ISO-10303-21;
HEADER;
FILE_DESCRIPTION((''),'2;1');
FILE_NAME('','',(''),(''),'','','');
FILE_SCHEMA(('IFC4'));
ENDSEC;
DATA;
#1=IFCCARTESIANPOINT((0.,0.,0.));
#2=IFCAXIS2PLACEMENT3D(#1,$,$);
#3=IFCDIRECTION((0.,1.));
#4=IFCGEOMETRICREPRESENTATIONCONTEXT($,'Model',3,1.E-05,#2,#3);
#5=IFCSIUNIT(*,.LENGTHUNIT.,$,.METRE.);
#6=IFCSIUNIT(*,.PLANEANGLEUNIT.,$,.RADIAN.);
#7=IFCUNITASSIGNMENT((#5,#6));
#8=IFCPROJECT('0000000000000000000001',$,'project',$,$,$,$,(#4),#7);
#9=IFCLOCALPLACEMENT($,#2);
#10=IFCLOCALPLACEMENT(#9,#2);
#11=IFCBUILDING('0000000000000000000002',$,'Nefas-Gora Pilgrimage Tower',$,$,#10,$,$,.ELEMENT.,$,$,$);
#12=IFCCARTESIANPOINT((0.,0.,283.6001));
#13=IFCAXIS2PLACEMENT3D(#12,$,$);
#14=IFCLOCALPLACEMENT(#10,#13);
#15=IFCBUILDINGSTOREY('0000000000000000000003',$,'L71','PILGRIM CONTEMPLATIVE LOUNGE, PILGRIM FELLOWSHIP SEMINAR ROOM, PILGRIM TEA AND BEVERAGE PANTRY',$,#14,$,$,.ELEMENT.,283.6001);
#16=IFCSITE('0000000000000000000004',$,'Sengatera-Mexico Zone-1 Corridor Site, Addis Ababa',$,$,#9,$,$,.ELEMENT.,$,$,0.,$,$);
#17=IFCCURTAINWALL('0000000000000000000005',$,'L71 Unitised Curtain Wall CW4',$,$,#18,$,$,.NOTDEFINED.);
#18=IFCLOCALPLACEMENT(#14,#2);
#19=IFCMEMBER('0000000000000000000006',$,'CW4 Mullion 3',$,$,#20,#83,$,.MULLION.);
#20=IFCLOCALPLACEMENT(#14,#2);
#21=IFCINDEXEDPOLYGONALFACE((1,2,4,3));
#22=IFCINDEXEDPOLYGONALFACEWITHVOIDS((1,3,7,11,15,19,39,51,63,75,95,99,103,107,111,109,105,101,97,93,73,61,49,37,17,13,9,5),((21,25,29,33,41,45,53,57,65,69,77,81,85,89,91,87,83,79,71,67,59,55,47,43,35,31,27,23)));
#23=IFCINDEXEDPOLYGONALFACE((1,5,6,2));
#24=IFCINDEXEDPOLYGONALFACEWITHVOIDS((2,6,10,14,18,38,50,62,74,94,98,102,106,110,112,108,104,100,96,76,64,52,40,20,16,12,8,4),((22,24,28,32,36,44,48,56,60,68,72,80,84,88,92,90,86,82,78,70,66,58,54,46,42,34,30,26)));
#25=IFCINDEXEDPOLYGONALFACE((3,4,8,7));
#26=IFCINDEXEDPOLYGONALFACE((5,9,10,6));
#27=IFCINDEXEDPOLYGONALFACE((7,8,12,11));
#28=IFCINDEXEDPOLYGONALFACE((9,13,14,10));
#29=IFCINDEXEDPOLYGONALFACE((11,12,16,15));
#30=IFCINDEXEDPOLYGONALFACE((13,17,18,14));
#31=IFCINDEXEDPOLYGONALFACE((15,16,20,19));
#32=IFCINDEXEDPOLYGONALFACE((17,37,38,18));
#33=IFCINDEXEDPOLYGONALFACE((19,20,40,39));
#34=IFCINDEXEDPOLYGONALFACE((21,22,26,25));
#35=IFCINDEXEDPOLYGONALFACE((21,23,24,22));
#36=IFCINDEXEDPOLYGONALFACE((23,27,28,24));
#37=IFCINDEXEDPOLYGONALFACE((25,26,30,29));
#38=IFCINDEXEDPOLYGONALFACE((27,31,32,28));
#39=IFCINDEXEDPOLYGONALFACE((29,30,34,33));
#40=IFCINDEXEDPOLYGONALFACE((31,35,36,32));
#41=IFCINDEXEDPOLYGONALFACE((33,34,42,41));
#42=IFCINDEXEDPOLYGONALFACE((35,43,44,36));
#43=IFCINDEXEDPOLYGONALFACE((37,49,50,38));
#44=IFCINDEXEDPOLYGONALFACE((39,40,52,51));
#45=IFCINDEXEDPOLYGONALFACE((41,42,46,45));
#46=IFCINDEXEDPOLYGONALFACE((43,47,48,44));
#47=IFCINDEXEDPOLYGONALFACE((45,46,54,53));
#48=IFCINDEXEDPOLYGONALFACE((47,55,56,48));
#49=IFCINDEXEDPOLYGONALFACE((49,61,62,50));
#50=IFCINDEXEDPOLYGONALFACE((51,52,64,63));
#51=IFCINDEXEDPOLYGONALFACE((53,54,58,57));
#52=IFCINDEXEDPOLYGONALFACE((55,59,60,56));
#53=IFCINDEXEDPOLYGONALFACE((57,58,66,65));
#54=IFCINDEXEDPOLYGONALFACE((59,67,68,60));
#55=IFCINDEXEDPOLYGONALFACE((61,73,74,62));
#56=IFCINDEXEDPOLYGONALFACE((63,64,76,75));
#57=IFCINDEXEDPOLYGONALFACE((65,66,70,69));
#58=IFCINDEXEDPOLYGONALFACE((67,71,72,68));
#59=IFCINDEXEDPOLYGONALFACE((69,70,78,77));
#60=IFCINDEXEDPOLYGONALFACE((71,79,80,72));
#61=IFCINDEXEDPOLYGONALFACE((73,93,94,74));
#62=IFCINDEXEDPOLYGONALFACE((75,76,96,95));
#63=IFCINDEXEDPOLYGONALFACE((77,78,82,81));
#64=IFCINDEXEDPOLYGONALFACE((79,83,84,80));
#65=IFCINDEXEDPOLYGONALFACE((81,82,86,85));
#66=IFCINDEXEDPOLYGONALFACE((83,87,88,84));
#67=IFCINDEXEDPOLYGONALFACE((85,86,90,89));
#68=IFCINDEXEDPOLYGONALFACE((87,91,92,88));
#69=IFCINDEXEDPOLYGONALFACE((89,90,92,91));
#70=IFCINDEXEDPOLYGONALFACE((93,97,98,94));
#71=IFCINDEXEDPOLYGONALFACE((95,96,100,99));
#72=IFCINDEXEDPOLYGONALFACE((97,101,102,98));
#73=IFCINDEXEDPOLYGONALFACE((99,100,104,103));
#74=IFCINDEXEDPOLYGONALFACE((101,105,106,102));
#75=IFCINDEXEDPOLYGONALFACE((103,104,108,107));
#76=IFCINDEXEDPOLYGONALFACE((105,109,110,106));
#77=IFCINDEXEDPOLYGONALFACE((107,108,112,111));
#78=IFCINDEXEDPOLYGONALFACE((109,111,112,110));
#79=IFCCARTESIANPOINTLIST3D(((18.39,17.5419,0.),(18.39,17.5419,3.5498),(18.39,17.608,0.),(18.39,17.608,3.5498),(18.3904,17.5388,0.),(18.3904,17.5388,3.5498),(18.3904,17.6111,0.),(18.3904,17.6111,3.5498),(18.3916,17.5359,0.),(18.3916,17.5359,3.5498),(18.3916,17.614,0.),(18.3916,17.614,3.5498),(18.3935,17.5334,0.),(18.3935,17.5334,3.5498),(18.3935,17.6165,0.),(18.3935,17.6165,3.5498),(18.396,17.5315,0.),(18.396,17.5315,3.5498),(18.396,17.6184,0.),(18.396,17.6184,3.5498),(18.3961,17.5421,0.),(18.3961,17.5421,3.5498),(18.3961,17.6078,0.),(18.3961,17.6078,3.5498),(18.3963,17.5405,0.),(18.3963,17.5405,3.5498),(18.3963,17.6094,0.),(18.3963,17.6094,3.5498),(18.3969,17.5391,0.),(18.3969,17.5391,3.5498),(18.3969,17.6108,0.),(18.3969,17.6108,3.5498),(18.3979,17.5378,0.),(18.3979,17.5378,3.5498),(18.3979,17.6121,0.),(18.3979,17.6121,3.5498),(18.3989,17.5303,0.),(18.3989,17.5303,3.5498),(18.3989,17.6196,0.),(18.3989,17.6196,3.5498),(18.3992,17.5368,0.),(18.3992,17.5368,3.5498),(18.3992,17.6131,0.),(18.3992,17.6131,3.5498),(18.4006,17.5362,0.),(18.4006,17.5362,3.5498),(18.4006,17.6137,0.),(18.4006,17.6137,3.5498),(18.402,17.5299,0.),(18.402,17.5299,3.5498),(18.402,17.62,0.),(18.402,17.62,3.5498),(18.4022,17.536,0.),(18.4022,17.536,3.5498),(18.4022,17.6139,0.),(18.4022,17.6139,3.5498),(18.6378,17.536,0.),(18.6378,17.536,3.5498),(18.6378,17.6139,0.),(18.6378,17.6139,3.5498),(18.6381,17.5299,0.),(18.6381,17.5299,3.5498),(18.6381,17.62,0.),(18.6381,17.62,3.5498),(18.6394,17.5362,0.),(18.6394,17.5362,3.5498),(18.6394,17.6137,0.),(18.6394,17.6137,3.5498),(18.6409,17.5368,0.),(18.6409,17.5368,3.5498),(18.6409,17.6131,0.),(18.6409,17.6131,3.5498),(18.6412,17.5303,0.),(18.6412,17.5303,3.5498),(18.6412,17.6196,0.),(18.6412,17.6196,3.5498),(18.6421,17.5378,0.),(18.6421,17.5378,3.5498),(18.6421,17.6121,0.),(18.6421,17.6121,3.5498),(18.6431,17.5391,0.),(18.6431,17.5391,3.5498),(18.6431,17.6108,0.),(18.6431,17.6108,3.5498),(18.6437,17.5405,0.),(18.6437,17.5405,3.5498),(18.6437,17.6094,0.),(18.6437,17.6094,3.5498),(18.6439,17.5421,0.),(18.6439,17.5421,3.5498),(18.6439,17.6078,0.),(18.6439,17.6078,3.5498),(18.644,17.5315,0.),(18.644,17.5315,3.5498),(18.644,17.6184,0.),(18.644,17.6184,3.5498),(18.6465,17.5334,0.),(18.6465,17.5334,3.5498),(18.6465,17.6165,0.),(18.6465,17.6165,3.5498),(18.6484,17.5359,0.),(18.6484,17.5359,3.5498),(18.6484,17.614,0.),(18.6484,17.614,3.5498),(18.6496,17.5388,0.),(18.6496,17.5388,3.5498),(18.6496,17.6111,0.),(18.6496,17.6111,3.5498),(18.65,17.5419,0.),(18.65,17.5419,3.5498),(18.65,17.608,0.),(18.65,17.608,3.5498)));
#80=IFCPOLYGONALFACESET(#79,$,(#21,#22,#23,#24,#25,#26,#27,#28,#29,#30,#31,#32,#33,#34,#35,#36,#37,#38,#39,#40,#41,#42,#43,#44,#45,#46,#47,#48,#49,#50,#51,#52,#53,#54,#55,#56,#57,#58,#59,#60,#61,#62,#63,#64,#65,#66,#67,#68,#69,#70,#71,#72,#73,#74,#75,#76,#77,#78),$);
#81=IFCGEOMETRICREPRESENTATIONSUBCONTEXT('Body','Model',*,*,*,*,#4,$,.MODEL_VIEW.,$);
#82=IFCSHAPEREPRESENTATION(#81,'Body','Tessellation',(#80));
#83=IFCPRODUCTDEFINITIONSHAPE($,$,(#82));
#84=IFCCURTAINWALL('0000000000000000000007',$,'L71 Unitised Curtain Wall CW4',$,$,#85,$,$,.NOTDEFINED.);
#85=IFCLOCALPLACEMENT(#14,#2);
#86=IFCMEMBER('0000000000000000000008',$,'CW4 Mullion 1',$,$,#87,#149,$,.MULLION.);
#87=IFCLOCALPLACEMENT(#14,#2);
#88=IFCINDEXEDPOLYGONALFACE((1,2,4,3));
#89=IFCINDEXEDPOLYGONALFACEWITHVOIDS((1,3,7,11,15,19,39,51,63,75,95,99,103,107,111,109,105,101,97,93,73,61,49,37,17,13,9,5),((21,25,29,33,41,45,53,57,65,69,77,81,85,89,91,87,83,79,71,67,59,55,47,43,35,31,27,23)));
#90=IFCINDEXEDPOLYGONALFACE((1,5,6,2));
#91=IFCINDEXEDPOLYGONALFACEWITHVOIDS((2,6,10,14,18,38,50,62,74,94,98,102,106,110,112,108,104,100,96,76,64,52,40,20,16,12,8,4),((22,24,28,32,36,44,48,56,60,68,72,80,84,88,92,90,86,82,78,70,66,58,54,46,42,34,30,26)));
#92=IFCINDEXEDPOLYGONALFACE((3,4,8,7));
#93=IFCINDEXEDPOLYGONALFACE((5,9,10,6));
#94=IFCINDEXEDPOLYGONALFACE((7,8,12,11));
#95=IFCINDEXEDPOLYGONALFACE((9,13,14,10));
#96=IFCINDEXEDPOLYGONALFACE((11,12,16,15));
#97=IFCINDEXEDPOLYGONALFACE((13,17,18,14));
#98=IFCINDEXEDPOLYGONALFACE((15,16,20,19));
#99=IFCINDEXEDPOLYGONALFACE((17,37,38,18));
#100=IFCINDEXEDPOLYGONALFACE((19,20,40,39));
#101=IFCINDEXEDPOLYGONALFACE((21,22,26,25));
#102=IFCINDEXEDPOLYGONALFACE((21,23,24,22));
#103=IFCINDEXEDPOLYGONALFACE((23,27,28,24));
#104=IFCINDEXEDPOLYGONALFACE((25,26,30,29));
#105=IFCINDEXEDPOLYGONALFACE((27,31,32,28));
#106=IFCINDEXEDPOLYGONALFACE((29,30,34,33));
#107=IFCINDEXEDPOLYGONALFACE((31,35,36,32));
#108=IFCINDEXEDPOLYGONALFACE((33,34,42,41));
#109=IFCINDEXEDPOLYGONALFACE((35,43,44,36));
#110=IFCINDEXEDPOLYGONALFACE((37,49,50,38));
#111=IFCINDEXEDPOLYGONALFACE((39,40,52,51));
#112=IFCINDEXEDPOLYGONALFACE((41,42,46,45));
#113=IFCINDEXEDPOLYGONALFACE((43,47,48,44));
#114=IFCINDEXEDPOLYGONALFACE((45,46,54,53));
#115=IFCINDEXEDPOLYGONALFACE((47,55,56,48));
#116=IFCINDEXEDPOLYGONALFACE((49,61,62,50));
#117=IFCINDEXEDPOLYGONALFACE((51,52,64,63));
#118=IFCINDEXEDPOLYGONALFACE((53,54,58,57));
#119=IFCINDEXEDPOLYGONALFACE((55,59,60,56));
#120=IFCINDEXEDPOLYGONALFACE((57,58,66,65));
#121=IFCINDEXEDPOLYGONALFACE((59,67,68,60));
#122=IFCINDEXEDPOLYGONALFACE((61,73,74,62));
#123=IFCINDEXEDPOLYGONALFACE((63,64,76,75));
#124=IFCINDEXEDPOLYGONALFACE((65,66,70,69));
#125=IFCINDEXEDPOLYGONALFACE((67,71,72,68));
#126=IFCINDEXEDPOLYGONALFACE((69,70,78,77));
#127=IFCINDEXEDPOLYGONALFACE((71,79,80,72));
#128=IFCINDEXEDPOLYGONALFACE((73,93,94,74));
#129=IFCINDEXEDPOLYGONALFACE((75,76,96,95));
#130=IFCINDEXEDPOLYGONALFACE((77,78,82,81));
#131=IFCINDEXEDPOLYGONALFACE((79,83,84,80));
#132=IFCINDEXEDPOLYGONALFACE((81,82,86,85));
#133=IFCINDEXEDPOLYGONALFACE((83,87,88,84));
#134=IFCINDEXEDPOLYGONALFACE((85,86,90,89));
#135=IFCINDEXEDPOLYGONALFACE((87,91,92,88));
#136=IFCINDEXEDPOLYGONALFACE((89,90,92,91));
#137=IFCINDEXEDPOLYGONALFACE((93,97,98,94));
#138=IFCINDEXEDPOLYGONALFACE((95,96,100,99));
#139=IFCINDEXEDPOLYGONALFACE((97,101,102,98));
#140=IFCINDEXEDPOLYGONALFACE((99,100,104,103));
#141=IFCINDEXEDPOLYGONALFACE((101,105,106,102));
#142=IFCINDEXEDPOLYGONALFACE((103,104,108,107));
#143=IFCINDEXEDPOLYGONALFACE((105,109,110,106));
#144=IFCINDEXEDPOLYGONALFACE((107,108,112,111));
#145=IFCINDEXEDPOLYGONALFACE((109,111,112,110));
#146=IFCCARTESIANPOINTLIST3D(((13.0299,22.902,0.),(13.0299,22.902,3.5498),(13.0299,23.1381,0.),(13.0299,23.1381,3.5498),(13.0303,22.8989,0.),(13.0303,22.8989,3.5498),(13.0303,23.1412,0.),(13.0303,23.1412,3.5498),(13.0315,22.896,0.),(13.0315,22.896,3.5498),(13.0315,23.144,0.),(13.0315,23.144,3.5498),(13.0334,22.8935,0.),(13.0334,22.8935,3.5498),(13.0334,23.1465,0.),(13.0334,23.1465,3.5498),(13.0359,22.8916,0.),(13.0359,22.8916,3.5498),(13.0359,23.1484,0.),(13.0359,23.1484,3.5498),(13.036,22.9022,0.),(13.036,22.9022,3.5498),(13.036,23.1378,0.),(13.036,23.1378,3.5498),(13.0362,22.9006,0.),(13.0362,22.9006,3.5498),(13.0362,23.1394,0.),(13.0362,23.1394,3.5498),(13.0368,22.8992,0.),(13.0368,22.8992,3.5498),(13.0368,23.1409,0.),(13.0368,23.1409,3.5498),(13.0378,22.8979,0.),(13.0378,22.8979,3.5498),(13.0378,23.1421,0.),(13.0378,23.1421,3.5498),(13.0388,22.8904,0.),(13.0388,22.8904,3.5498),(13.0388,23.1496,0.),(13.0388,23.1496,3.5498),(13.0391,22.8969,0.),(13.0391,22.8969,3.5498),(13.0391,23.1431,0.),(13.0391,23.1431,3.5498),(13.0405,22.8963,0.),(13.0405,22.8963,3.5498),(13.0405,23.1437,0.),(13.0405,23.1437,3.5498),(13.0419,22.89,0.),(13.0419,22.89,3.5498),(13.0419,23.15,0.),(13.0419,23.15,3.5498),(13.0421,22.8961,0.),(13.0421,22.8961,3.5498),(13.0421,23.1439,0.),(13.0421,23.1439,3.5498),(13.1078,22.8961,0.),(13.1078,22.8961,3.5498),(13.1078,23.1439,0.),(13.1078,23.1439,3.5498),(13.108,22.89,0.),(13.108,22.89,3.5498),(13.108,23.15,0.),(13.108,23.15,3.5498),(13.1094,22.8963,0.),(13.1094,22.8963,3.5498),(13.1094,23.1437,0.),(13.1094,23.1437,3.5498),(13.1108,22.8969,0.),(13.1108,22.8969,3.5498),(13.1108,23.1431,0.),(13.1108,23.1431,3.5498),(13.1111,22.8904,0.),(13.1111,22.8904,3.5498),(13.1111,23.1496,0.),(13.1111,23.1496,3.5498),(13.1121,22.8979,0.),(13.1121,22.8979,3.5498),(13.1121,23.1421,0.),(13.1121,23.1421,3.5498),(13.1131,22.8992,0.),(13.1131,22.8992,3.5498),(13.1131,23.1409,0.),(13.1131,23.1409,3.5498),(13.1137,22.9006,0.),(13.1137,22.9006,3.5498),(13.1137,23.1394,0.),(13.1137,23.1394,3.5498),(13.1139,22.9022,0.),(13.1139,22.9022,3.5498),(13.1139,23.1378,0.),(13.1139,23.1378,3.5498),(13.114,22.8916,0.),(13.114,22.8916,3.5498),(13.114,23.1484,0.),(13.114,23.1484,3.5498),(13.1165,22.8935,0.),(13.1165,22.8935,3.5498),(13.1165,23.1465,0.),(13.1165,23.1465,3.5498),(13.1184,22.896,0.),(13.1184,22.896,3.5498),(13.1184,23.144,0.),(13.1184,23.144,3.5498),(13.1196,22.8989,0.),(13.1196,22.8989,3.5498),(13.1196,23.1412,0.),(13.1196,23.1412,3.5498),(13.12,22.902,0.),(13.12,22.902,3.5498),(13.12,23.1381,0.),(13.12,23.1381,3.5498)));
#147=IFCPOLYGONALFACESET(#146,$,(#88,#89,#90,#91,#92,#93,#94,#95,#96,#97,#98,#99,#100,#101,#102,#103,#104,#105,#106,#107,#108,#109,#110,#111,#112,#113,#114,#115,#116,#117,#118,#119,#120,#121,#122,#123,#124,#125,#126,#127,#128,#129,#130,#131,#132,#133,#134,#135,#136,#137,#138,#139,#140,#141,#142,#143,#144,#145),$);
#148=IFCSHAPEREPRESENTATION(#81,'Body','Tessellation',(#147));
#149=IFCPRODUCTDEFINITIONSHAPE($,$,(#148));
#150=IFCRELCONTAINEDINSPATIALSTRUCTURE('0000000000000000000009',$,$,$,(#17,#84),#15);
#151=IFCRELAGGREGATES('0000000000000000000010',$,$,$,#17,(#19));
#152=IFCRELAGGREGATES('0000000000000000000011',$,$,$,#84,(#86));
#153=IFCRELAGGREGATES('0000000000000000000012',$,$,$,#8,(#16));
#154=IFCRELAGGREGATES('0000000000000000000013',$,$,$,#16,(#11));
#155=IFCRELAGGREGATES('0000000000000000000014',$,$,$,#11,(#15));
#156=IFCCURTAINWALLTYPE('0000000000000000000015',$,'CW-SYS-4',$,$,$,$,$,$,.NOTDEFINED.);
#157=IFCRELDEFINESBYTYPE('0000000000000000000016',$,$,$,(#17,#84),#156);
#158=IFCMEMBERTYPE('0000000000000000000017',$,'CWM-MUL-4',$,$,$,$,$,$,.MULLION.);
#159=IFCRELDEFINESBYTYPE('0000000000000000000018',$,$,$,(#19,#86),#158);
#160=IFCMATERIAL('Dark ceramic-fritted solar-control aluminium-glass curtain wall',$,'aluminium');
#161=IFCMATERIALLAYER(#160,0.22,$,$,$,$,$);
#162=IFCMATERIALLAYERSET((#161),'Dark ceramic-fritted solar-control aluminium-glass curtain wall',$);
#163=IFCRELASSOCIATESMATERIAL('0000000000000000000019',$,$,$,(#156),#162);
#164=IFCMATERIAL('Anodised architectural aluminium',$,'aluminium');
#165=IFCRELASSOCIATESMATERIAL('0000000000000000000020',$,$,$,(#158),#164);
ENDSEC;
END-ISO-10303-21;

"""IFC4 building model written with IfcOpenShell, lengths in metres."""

from ifc_helpers import new_model, si_unit, direction, frame, origin, origin_2d, place, context, subcontext, project, spatial, hollow_rectangle, extrude, source, transform, mapped, material, layer, layer_set, material_profile, profile_set, type_object, element, aggregate, save


model = new_model("IFC4")

# Units and contexts
model_context = context("Model", 3, precision=1e-05, world=origin(), true_north=direction((0.0, 1.0)))
body_context = subcontext(model_context, "Body", "Model", "MODEL_VIEW")
ifc_project = project(units=[si_unit("LENGTHUNIT", "METRE"), si_unit("PLANEANGLEUNIT", "RADIAN")], contexts=[model_context])

# Site, building, storey
site_placement = place(None, origin())
site = spatial("IfcSite", under=ifc_project, at=site_placement, Name="Sengatera-Mexico Zone-1 Corridor Site, Addis Ababa", CompositionType="ELEMENT", RefElevation=0.0)
building_placement = place(site_placement, origin())
building = spatial("IfcBuilding", under=site, at=building_placement, Name="Nefas-Gora Pilgrimage Tower", CompositionType="ELEMENT")
storey_placement = place(building_placement, frame((0.0, 0.0, 283.6001)))
storey = spatial("IfcBuildingStorey", under=building, at=storey_placement, Name="L71", Description="PILGRIM CONTEMPLATIVE LOUNGE, PILGRIM FELLOWSHIP SEMINAR ROOM, PILGRIM TEA AND BEVERAGE PANTRY", CompositionType="ELEMENT", Elevation=283.6001)

# Shared definitions
ifc_material_1 = material(Name="Dark ceramic-fritted solar-control aluminium-glass curtain wall", Category="aluminium")
ifc_material_2 = material(Name="Anodised architectural aluminium", Category="aluminium")

# Curtain wall, member
ifc_layer_1 = layer(ifc_material_1, 0.22)
ifc_layer_set_1 = layer_set([ifc_layer_1], Name="Dark ceramic-fritted solar-control aluminium-glass curtain wall")
curtain_wall_type_1 = type_object("IfcCurtainWallType", Name="CW-SYS-4", PredefinedType="NOTDEFINED", material=ifc_layer_set_1)
curtain_wall_1_placement = place(storey_placement, origin())
curtain_wall_1 = element("IfcCurtainWall", 1, at=curtain_wall_1_placement, inside=storey, type_object=curtain_wall_type_1, Name="L71 Unitised Curtain Wall CW4", PredefinedType="NOTDEFINED")
ifc_material_profile_1 = material_profile(ifc_material_2, hollow_rectangle(XDim=0.0901, YDim=0.26, WallThickness=0.0061, InnerFilletRadius=0.0061, OuterFilletRadius=0.012, at=origin_2d()), Name="ALU MULLION 90x260")
ifc_profile_set_1 = profile_set([ifc_material_profile_1], Name="Anodised architectural aluminium")
member_type_1 = type_object("IfcMemberType", Name="CWM-MUL-4", PredefinedType="MULLION", material=ifc_profile_set_1)
shared_shape_1 = source(origin(), body_context, "Body", "SweptSolid", [
    extrude(hollow_rectangle(XDim=0.0901, YDim=0.26, WallThickness=0.0061, InnerFilletRadius=0.0061, OuterFilletRadius=0.012, at=origin_2d()), origin(), (0.0, 0.0, 1.0), 3.5498),
])
member_1_placement = place(storey_placement, frame((18.52, 17.575, 0.0), z_axis=(0.0, 0.0, 1.0), x_axis=(0.0, 1.0, 0.0)))
member_1 = element("IfcMember", 2, at=member_1_placement, type_object=member_type_1, Name="CW4 Mullion 3", PredefinedType="MULLION", context=body_context, shape_type="MappedRepresentation", body=[
    mapped(shared_shape_1, transform((0.0, 0.0, 0.0), x_axis=(1.0, 0.0, 0.0), y_axis=(0.0, 1.0, 0.0), z_axis=(0.0, 0.0, 1.0), scale=1.0)),
])
aggregate(curtain_wall_1, [member_1])

# Curtain wall, member
curtain_wall_2_placement = place(storey_placement, origin())
curtain_wall_2 = element("IfcCurtainWall", 3, at=curtain_wall_2_placement, inside=storey, type_object=curtain_wall_type_1, Name="L71 Unitised Curtain Wall CW4", PredefinedType="NOTDEFINED")
member_2_placement = place(storey_placement, frame((13.075, 23.02, 0.0), z_axis=(0.0, 0.0, 1.0), x_axis=(-1.0, 0.0, 0.0)))
member_2 = element("IfcMember", 4, at=member_2_placement, type_object=member_type_1, Name="CW4 Mullion 1", PredefinedType="MULLION", context=body_context, shape_type="MappedRepresentation", body=[
    mapped(shared_shape_1, transform((0.0, 0.0, 0.0), x_axis=(1.0, 0.0, 0.0), y_axis=(0.0, 1.0, 0.0), z_axis=(0.0, 0.0, 1.0), scale=1.0)),
])

aggregate(curtain_wall_2, [member_2])

save(model, "model.ifc")
